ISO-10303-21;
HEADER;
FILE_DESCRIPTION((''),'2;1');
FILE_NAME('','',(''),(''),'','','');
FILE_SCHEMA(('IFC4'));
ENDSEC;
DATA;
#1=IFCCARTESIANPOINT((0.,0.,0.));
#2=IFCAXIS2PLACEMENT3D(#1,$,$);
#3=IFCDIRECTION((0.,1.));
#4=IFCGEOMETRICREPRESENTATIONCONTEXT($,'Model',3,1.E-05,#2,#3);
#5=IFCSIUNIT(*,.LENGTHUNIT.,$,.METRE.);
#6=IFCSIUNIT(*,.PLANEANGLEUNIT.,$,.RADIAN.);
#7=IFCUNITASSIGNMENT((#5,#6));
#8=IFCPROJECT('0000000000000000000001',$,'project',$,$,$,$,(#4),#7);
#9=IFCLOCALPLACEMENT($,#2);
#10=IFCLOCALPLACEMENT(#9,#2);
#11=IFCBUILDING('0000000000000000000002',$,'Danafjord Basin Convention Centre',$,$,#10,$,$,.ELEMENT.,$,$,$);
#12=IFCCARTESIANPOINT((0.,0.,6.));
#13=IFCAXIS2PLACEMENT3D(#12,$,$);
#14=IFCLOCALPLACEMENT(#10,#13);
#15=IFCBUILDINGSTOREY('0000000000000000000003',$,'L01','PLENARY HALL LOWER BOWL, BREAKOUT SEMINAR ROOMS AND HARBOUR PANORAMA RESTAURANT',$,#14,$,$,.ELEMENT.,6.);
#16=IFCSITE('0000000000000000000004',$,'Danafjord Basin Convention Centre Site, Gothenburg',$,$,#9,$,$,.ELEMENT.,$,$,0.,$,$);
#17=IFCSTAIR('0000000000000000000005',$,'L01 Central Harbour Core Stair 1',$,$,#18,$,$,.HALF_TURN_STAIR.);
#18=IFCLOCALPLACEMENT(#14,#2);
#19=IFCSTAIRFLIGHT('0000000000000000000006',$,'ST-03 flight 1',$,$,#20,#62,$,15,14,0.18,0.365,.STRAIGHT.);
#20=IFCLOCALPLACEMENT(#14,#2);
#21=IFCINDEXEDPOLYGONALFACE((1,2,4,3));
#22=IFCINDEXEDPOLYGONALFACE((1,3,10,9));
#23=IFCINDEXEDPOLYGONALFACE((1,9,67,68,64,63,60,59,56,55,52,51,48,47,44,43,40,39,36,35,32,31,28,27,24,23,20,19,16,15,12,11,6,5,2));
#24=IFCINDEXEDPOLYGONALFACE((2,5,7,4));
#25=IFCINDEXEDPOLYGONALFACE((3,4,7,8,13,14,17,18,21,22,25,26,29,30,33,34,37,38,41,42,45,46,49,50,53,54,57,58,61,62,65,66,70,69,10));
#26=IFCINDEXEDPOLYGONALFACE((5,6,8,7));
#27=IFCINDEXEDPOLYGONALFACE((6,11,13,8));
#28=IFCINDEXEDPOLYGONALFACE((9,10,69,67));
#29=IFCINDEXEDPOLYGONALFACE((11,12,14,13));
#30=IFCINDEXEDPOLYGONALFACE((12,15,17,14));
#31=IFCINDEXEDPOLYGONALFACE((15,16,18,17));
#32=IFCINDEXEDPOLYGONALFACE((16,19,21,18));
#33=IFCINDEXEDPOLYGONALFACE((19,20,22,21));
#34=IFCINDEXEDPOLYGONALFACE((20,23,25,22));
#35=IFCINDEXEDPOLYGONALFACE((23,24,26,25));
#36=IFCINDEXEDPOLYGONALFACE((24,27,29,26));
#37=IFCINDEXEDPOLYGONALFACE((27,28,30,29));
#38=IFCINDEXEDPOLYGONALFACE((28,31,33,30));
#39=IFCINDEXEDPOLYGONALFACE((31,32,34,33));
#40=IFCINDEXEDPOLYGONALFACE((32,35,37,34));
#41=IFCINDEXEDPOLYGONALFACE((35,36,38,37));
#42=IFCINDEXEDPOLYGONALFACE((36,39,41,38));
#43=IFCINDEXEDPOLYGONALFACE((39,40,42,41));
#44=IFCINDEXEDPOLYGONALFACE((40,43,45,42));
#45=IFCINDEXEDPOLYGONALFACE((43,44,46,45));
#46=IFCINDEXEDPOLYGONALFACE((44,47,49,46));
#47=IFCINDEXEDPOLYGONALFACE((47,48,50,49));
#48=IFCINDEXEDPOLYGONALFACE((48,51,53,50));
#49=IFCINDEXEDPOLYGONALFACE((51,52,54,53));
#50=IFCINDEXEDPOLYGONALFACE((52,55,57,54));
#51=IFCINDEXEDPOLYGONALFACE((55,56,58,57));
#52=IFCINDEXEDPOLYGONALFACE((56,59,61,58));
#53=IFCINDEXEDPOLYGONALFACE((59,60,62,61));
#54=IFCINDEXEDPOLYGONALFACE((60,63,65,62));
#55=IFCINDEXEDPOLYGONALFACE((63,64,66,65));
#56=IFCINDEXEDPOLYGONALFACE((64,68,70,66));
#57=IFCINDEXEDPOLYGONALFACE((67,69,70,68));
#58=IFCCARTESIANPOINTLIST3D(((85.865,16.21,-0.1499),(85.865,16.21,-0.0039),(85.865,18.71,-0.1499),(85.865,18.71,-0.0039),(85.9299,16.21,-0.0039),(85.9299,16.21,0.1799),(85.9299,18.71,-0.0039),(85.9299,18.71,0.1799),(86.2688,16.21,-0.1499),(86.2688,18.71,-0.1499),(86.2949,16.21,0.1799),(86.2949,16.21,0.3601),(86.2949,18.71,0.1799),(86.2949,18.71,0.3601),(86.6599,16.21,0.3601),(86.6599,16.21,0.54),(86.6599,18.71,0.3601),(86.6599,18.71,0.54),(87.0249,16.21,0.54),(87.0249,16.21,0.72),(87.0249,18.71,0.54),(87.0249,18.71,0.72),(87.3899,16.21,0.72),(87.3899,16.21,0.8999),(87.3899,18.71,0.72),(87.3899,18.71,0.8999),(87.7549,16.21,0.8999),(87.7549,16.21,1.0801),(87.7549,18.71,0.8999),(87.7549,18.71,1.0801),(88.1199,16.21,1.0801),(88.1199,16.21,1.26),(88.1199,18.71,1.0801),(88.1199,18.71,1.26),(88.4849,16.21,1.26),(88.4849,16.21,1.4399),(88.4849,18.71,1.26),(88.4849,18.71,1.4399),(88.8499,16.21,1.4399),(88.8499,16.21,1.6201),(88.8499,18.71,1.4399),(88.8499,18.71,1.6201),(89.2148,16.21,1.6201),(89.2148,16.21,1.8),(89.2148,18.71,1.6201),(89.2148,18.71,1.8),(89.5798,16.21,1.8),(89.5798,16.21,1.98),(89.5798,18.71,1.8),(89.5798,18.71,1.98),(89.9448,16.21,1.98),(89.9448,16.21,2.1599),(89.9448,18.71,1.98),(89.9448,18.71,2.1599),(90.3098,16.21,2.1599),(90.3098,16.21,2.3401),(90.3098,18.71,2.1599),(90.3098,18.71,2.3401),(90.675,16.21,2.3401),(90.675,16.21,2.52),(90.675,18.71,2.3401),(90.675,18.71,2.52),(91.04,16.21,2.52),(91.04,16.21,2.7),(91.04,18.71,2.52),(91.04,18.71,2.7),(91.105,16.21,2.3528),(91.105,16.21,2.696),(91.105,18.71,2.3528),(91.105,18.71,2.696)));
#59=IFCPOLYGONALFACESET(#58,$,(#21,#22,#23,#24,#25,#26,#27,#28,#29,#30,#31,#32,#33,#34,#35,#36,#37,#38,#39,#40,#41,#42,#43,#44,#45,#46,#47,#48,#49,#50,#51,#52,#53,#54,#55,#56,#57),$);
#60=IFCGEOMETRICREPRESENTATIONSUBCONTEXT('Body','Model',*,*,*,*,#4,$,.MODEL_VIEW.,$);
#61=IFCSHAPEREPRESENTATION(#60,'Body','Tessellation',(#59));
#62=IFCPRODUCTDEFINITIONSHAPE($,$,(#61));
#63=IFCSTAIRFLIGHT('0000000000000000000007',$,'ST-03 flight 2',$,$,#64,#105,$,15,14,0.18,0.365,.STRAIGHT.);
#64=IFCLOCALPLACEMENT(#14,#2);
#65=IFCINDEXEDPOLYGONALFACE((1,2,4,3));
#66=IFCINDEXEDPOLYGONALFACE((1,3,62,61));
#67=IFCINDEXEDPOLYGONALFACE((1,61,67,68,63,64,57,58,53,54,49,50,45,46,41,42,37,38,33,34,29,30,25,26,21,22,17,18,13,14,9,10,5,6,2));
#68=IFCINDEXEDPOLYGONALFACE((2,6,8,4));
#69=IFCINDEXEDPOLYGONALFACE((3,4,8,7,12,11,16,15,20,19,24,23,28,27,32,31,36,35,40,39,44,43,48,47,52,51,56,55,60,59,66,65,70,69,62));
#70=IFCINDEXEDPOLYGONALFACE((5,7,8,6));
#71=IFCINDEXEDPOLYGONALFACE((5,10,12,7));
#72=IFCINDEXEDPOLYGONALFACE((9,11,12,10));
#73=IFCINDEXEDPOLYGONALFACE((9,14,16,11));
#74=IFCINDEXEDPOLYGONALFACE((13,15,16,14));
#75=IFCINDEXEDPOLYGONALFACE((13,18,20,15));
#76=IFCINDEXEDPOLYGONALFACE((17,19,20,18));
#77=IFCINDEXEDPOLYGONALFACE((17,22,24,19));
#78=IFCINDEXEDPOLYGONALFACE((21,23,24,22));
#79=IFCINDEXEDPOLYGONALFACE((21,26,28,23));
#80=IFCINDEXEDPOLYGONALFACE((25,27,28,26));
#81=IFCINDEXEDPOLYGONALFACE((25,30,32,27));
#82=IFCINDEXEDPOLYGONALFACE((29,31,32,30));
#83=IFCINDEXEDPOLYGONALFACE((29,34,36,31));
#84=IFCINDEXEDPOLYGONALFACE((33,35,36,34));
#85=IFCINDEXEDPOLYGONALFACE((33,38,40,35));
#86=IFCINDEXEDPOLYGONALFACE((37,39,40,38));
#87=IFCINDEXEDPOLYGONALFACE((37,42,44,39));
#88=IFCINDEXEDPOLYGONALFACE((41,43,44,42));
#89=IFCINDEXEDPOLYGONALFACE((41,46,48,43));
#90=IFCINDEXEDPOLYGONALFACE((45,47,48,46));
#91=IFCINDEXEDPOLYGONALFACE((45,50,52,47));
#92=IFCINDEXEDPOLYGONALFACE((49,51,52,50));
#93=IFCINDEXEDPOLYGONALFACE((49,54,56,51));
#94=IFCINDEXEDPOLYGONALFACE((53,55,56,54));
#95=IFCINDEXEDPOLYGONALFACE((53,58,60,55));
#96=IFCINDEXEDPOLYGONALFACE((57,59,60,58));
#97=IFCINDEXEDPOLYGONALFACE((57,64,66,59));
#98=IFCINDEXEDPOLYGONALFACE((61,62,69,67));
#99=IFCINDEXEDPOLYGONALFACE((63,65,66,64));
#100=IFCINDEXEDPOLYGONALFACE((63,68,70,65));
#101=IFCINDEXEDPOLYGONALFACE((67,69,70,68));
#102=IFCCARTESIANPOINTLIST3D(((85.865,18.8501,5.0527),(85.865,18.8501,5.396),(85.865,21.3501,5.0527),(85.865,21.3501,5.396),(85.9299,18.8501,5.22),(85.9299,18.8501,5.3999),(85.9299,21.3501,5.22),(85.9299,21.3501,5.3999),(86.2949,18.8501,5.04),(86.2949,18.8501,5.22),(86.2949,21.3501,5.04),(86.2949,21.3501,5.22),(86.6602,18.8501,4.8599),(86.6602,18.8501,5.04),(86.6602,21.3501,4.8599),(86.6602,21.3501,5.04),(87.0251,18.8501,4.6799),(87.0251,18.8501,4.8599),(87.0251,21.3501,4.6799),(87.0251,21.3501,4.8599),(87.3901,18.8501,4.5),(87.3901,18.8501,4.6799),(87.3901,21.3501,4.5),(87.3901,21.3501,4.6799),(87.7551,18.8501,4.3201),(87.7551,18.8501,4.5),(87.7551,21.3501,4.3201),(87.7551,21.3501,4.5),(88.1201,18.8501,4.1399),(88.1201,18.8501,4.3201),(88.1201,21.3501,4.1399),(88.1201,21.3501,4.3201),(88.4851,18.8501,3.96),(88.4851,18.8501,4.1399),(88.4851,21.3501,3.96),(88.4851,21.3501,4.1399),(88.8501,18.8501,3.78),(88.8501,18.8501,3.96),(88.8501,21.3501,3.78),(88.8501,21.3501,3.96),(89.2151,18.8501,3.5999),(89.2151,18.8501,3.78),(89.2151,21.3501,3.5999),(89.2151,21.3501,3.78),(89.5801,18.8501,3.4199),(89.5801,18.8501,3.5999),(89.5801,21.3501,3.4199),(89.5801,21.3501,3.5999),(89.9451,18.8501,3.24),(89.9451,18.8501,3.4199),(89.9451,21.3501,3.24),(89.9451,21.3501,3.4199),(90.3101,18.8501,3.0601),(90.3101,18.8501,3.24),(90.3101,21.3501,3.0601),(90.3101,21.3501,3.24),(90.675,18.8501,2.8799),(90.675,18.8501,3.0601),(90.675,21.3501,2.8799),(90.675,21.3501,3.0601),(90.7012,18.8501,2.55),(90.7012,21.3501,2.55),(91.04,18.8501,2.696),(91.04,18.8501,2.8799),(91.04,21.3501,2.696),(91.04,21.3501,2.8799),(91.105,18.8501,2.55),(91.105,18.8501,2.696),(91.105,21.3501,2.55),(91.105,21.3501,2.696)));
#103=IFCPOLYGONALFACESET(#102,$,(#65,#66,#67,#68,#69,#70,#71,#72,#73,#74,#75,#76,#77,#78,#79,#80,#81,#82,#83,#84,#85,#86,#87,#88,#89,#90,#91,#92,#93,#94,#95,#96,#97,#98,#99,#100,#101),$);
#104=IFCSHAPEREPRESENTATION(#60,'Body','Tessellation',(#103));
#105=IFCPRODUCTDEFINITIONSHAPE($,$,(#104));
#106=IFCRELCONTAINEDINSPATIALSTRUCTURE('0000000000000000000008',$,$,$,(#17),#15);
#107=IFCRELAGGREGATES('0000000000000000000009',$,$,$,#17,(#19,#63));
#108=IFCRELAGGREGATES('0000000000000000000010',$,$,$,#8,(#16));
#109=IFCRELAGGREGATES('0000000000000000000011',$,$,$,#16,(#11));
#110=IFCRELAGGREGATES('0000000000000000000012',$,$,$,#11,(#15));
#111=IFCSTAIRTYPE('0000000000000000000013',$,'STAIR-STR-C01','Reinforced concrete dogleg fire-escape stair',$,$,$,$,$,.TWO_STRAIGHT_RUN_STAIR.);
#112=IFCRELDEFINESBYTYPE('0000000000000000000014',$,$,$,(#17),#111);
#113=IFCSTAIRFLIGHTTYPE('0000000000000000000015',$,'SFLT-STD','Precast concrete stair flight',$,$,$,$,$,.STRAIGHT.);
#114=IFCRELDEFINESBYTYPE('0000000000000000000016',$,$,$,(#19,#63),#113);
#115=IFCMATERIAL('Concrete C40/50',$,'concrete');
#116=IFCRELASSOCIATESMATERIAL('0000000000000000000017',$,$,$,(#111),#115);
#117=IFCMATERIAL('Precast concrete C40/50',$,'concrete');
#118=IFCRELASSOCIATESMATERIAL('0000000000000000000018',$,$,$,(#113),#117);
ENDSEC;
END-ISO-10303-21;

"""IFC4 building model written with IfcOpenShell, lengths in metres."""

from ifc_helpers import new_model, si_unit, direction, frame, origin, place, context, subcontext, project, spatial, polyline, outline, extrude, material, type_object, element, aggregate, save


model = new_model("IFC4")

# Units and contexts
model_context = context("Model", 3, precision=1e-05, world=origin(), true_north=direction((0.0, 1.0)))
body_context = subcontext(model_context, "Body", "Model", "MODEL_VIEW")
ifc_project = project(units=[si_unit("LENGTHUNIT", "METRE"), si_unit("PLANEANGLEUNIT", "RADIAN")], contexts=[model_context])

# Site, building, storey
site_placement = place(None, origin())
site = spatial("IfcSite", under=ifc_project, at=site_placement, Name="Danafjord Basin Convention Centre Site, Gothenburg", CompositionType="ELEMENT", RefElevation=0.0)
building_placement = place(site_placement, origin())
building = spatial("IfcBuilding", under=site, at=building_placement, Name="Danafjord Basin Convention Centre", CompositionType="ELEMENT")
storey_placement = place(building_placement, frame((0.0, 0.0, 6.0)))
storey = spatial("IfcBuildingStorey", under=building, at=storey_placement, Name="L01", Description="PLENARY HALL LOWER BOWL, BREAKOUT SEMINAR ROOMS AND HARBOUR PANORAMA RESTAURANT", CompositionType="ELEMENT", Elevation=6.0)

# Shared definitions
ifc_material_1 = material(Name="Concrete C40/50", Category="concrete")

# Stair, stair flights
stair_type = type_object("IfcStairType", Name="STAIR-STR-C01", Description="Reinforced concrete dogleg fire-escape stair", PredefinedType="TWO_STRAIGHT_RUN_STAIR", material=ifc_material_1)
stair_placement = place(storey_placement, origin())
stair = element("IfcStair", 1, at=stair_placement, inside=storey, type_object=stair_type, Name="L01 Central Harbour Core Stair 1", PredefinedType="HALF_TURN_STAIR")
ifc_material_2 = material(Name="Precast concrete C40/50", Category="concrete")
stair_flight_type = type_object("IfcStairFlightType", Name="SFLT-STD", Description="Precast concrete stair flight", PredefinedType="STRAIGHT", material=ifc_material_2)
stair_flight_1_placement = place(storey_placement, frame((85.9299, 17.46, 0.0), z_axis=(0.0, 0.0, 1.0), x_axis=(1.0, 0.0, 0.0)))
stair_flight_1 = element("IfcStairFlight", 2, at=stair_flight_1_placement, type_object=stair_flight_type, Name="ST-03 flight 1", NumberOfRisers=15, NumberOfTreads=14, PredefinedType="STRAIGHT", RiserHeight=0.18, TreadLength=0.365, context=body_context, shape_type="SweptSolid", body=[
    extrude(outline(polyline([(-0.0649, -0.1499), (-0.0649, -0.0039), (0.0, -0.0039), (0.0, 0.1799), (0.365, 0.1799), (0.365, 0.3601), (0.73, 0.3601), (0.73, 0.54), (1.095, 0.54), (1.095, 0.72), (1.46, 0.72), (1.46, 0.8999), (1.825, 0.8999), (1.825, 1.0801), (2.1899, 1.0801), (2.1899, 1.26), (2.5549, 1.26), (2.5549, 1.4399), (2.9199, 1.4399), (2.9199, 1.6201), (3.2849, 1.6201), (3.2849, 1.8), (3.6499, 1.8), (3.6499, 1.98), (4.0149, 1.98), (4.0149, 2.1599), (4.3799, 2.1599), (4.3799, 2.3401), (4.7451, 2.3401), (4.7451, 2.52), (5.1101, 2.52), (5.1101, 2.7), (5.175, 2.696), (5.175, 2.3528), (0.3389, -0.1499), (-0.0649, -0.1499)])), frame((0.0, 1.25, 0.0), z_axis=(0.0, -1.0, 0.0), x_axis=(1.0, 0.0, 0.0)), (0.0, 0.0, 1.0), 2.5),
])
stair_flight_2_placement = place(storey_placement, frame((91.04, 20.1001, 2.7), z_axis=(0.0, 0.0, 1.0), x_axis=(-1.0, 0.0, 0.0)))
stair_flight_2 = element("IfcStairFlight", 3, at=stair_flight_2_placement, type_object=stair_flight_type, Name="ST-03 flight 2", NumberOfRisers=15, NumberOfTreads=14, PredefinedType="STRAIGHT", RiserHeight=0.18, TreadLength=0.365, context=body_context, shape_type="SweptSolid", body=[
    extrude(outline(polyline([(-0.0649, -0.1499), (-0.0649, -0.0039), (0.0, -0.0039), (0.0, 0.1799), (0.365, 0.1799), (0.365, 0.3601), (0.73, 0.3601), (0.73, 0.54), (1.095, 0.54), (1.095, 0.72), (1.46, 0.72), (1.46, 0.8999), (1.825, 0.8999), (1.825, 1.0801), (2.1899, 1.0801), (2.1899, 1.26), (2.5549, 1.26), (2.5549, 1.4399), (2.9199, 1.4399), (2.9199, 1.6201), (3.2849, 1.6201), (3.2849, 1.8), (3.6499, 1.8), (3.6499, 1.98), (4.0149, 1.98), (4.0149, 2.1599), (4.3799, 2.1599), (4.3799, 2.3401), (4.7451, 2.3401), (4.7451, 2.52), (5.1101, 2.52), (5.1101, 2.7), (5.175, 2.696), (5.175, 2.3528), (0.3389, -0.1499), (-0.0649, -0.1499)])), frame((0.0, 1.25, 0.0), z_axis=(0.0, -1.0, 0.0), x_axis=(1.0, 0.0, 0.0)), (0.0, 0.0, 1.0), 2.5),
])
aggregate(stair, [stair_flight_1, stair_flight_2])

save(model, "model.ifc")
